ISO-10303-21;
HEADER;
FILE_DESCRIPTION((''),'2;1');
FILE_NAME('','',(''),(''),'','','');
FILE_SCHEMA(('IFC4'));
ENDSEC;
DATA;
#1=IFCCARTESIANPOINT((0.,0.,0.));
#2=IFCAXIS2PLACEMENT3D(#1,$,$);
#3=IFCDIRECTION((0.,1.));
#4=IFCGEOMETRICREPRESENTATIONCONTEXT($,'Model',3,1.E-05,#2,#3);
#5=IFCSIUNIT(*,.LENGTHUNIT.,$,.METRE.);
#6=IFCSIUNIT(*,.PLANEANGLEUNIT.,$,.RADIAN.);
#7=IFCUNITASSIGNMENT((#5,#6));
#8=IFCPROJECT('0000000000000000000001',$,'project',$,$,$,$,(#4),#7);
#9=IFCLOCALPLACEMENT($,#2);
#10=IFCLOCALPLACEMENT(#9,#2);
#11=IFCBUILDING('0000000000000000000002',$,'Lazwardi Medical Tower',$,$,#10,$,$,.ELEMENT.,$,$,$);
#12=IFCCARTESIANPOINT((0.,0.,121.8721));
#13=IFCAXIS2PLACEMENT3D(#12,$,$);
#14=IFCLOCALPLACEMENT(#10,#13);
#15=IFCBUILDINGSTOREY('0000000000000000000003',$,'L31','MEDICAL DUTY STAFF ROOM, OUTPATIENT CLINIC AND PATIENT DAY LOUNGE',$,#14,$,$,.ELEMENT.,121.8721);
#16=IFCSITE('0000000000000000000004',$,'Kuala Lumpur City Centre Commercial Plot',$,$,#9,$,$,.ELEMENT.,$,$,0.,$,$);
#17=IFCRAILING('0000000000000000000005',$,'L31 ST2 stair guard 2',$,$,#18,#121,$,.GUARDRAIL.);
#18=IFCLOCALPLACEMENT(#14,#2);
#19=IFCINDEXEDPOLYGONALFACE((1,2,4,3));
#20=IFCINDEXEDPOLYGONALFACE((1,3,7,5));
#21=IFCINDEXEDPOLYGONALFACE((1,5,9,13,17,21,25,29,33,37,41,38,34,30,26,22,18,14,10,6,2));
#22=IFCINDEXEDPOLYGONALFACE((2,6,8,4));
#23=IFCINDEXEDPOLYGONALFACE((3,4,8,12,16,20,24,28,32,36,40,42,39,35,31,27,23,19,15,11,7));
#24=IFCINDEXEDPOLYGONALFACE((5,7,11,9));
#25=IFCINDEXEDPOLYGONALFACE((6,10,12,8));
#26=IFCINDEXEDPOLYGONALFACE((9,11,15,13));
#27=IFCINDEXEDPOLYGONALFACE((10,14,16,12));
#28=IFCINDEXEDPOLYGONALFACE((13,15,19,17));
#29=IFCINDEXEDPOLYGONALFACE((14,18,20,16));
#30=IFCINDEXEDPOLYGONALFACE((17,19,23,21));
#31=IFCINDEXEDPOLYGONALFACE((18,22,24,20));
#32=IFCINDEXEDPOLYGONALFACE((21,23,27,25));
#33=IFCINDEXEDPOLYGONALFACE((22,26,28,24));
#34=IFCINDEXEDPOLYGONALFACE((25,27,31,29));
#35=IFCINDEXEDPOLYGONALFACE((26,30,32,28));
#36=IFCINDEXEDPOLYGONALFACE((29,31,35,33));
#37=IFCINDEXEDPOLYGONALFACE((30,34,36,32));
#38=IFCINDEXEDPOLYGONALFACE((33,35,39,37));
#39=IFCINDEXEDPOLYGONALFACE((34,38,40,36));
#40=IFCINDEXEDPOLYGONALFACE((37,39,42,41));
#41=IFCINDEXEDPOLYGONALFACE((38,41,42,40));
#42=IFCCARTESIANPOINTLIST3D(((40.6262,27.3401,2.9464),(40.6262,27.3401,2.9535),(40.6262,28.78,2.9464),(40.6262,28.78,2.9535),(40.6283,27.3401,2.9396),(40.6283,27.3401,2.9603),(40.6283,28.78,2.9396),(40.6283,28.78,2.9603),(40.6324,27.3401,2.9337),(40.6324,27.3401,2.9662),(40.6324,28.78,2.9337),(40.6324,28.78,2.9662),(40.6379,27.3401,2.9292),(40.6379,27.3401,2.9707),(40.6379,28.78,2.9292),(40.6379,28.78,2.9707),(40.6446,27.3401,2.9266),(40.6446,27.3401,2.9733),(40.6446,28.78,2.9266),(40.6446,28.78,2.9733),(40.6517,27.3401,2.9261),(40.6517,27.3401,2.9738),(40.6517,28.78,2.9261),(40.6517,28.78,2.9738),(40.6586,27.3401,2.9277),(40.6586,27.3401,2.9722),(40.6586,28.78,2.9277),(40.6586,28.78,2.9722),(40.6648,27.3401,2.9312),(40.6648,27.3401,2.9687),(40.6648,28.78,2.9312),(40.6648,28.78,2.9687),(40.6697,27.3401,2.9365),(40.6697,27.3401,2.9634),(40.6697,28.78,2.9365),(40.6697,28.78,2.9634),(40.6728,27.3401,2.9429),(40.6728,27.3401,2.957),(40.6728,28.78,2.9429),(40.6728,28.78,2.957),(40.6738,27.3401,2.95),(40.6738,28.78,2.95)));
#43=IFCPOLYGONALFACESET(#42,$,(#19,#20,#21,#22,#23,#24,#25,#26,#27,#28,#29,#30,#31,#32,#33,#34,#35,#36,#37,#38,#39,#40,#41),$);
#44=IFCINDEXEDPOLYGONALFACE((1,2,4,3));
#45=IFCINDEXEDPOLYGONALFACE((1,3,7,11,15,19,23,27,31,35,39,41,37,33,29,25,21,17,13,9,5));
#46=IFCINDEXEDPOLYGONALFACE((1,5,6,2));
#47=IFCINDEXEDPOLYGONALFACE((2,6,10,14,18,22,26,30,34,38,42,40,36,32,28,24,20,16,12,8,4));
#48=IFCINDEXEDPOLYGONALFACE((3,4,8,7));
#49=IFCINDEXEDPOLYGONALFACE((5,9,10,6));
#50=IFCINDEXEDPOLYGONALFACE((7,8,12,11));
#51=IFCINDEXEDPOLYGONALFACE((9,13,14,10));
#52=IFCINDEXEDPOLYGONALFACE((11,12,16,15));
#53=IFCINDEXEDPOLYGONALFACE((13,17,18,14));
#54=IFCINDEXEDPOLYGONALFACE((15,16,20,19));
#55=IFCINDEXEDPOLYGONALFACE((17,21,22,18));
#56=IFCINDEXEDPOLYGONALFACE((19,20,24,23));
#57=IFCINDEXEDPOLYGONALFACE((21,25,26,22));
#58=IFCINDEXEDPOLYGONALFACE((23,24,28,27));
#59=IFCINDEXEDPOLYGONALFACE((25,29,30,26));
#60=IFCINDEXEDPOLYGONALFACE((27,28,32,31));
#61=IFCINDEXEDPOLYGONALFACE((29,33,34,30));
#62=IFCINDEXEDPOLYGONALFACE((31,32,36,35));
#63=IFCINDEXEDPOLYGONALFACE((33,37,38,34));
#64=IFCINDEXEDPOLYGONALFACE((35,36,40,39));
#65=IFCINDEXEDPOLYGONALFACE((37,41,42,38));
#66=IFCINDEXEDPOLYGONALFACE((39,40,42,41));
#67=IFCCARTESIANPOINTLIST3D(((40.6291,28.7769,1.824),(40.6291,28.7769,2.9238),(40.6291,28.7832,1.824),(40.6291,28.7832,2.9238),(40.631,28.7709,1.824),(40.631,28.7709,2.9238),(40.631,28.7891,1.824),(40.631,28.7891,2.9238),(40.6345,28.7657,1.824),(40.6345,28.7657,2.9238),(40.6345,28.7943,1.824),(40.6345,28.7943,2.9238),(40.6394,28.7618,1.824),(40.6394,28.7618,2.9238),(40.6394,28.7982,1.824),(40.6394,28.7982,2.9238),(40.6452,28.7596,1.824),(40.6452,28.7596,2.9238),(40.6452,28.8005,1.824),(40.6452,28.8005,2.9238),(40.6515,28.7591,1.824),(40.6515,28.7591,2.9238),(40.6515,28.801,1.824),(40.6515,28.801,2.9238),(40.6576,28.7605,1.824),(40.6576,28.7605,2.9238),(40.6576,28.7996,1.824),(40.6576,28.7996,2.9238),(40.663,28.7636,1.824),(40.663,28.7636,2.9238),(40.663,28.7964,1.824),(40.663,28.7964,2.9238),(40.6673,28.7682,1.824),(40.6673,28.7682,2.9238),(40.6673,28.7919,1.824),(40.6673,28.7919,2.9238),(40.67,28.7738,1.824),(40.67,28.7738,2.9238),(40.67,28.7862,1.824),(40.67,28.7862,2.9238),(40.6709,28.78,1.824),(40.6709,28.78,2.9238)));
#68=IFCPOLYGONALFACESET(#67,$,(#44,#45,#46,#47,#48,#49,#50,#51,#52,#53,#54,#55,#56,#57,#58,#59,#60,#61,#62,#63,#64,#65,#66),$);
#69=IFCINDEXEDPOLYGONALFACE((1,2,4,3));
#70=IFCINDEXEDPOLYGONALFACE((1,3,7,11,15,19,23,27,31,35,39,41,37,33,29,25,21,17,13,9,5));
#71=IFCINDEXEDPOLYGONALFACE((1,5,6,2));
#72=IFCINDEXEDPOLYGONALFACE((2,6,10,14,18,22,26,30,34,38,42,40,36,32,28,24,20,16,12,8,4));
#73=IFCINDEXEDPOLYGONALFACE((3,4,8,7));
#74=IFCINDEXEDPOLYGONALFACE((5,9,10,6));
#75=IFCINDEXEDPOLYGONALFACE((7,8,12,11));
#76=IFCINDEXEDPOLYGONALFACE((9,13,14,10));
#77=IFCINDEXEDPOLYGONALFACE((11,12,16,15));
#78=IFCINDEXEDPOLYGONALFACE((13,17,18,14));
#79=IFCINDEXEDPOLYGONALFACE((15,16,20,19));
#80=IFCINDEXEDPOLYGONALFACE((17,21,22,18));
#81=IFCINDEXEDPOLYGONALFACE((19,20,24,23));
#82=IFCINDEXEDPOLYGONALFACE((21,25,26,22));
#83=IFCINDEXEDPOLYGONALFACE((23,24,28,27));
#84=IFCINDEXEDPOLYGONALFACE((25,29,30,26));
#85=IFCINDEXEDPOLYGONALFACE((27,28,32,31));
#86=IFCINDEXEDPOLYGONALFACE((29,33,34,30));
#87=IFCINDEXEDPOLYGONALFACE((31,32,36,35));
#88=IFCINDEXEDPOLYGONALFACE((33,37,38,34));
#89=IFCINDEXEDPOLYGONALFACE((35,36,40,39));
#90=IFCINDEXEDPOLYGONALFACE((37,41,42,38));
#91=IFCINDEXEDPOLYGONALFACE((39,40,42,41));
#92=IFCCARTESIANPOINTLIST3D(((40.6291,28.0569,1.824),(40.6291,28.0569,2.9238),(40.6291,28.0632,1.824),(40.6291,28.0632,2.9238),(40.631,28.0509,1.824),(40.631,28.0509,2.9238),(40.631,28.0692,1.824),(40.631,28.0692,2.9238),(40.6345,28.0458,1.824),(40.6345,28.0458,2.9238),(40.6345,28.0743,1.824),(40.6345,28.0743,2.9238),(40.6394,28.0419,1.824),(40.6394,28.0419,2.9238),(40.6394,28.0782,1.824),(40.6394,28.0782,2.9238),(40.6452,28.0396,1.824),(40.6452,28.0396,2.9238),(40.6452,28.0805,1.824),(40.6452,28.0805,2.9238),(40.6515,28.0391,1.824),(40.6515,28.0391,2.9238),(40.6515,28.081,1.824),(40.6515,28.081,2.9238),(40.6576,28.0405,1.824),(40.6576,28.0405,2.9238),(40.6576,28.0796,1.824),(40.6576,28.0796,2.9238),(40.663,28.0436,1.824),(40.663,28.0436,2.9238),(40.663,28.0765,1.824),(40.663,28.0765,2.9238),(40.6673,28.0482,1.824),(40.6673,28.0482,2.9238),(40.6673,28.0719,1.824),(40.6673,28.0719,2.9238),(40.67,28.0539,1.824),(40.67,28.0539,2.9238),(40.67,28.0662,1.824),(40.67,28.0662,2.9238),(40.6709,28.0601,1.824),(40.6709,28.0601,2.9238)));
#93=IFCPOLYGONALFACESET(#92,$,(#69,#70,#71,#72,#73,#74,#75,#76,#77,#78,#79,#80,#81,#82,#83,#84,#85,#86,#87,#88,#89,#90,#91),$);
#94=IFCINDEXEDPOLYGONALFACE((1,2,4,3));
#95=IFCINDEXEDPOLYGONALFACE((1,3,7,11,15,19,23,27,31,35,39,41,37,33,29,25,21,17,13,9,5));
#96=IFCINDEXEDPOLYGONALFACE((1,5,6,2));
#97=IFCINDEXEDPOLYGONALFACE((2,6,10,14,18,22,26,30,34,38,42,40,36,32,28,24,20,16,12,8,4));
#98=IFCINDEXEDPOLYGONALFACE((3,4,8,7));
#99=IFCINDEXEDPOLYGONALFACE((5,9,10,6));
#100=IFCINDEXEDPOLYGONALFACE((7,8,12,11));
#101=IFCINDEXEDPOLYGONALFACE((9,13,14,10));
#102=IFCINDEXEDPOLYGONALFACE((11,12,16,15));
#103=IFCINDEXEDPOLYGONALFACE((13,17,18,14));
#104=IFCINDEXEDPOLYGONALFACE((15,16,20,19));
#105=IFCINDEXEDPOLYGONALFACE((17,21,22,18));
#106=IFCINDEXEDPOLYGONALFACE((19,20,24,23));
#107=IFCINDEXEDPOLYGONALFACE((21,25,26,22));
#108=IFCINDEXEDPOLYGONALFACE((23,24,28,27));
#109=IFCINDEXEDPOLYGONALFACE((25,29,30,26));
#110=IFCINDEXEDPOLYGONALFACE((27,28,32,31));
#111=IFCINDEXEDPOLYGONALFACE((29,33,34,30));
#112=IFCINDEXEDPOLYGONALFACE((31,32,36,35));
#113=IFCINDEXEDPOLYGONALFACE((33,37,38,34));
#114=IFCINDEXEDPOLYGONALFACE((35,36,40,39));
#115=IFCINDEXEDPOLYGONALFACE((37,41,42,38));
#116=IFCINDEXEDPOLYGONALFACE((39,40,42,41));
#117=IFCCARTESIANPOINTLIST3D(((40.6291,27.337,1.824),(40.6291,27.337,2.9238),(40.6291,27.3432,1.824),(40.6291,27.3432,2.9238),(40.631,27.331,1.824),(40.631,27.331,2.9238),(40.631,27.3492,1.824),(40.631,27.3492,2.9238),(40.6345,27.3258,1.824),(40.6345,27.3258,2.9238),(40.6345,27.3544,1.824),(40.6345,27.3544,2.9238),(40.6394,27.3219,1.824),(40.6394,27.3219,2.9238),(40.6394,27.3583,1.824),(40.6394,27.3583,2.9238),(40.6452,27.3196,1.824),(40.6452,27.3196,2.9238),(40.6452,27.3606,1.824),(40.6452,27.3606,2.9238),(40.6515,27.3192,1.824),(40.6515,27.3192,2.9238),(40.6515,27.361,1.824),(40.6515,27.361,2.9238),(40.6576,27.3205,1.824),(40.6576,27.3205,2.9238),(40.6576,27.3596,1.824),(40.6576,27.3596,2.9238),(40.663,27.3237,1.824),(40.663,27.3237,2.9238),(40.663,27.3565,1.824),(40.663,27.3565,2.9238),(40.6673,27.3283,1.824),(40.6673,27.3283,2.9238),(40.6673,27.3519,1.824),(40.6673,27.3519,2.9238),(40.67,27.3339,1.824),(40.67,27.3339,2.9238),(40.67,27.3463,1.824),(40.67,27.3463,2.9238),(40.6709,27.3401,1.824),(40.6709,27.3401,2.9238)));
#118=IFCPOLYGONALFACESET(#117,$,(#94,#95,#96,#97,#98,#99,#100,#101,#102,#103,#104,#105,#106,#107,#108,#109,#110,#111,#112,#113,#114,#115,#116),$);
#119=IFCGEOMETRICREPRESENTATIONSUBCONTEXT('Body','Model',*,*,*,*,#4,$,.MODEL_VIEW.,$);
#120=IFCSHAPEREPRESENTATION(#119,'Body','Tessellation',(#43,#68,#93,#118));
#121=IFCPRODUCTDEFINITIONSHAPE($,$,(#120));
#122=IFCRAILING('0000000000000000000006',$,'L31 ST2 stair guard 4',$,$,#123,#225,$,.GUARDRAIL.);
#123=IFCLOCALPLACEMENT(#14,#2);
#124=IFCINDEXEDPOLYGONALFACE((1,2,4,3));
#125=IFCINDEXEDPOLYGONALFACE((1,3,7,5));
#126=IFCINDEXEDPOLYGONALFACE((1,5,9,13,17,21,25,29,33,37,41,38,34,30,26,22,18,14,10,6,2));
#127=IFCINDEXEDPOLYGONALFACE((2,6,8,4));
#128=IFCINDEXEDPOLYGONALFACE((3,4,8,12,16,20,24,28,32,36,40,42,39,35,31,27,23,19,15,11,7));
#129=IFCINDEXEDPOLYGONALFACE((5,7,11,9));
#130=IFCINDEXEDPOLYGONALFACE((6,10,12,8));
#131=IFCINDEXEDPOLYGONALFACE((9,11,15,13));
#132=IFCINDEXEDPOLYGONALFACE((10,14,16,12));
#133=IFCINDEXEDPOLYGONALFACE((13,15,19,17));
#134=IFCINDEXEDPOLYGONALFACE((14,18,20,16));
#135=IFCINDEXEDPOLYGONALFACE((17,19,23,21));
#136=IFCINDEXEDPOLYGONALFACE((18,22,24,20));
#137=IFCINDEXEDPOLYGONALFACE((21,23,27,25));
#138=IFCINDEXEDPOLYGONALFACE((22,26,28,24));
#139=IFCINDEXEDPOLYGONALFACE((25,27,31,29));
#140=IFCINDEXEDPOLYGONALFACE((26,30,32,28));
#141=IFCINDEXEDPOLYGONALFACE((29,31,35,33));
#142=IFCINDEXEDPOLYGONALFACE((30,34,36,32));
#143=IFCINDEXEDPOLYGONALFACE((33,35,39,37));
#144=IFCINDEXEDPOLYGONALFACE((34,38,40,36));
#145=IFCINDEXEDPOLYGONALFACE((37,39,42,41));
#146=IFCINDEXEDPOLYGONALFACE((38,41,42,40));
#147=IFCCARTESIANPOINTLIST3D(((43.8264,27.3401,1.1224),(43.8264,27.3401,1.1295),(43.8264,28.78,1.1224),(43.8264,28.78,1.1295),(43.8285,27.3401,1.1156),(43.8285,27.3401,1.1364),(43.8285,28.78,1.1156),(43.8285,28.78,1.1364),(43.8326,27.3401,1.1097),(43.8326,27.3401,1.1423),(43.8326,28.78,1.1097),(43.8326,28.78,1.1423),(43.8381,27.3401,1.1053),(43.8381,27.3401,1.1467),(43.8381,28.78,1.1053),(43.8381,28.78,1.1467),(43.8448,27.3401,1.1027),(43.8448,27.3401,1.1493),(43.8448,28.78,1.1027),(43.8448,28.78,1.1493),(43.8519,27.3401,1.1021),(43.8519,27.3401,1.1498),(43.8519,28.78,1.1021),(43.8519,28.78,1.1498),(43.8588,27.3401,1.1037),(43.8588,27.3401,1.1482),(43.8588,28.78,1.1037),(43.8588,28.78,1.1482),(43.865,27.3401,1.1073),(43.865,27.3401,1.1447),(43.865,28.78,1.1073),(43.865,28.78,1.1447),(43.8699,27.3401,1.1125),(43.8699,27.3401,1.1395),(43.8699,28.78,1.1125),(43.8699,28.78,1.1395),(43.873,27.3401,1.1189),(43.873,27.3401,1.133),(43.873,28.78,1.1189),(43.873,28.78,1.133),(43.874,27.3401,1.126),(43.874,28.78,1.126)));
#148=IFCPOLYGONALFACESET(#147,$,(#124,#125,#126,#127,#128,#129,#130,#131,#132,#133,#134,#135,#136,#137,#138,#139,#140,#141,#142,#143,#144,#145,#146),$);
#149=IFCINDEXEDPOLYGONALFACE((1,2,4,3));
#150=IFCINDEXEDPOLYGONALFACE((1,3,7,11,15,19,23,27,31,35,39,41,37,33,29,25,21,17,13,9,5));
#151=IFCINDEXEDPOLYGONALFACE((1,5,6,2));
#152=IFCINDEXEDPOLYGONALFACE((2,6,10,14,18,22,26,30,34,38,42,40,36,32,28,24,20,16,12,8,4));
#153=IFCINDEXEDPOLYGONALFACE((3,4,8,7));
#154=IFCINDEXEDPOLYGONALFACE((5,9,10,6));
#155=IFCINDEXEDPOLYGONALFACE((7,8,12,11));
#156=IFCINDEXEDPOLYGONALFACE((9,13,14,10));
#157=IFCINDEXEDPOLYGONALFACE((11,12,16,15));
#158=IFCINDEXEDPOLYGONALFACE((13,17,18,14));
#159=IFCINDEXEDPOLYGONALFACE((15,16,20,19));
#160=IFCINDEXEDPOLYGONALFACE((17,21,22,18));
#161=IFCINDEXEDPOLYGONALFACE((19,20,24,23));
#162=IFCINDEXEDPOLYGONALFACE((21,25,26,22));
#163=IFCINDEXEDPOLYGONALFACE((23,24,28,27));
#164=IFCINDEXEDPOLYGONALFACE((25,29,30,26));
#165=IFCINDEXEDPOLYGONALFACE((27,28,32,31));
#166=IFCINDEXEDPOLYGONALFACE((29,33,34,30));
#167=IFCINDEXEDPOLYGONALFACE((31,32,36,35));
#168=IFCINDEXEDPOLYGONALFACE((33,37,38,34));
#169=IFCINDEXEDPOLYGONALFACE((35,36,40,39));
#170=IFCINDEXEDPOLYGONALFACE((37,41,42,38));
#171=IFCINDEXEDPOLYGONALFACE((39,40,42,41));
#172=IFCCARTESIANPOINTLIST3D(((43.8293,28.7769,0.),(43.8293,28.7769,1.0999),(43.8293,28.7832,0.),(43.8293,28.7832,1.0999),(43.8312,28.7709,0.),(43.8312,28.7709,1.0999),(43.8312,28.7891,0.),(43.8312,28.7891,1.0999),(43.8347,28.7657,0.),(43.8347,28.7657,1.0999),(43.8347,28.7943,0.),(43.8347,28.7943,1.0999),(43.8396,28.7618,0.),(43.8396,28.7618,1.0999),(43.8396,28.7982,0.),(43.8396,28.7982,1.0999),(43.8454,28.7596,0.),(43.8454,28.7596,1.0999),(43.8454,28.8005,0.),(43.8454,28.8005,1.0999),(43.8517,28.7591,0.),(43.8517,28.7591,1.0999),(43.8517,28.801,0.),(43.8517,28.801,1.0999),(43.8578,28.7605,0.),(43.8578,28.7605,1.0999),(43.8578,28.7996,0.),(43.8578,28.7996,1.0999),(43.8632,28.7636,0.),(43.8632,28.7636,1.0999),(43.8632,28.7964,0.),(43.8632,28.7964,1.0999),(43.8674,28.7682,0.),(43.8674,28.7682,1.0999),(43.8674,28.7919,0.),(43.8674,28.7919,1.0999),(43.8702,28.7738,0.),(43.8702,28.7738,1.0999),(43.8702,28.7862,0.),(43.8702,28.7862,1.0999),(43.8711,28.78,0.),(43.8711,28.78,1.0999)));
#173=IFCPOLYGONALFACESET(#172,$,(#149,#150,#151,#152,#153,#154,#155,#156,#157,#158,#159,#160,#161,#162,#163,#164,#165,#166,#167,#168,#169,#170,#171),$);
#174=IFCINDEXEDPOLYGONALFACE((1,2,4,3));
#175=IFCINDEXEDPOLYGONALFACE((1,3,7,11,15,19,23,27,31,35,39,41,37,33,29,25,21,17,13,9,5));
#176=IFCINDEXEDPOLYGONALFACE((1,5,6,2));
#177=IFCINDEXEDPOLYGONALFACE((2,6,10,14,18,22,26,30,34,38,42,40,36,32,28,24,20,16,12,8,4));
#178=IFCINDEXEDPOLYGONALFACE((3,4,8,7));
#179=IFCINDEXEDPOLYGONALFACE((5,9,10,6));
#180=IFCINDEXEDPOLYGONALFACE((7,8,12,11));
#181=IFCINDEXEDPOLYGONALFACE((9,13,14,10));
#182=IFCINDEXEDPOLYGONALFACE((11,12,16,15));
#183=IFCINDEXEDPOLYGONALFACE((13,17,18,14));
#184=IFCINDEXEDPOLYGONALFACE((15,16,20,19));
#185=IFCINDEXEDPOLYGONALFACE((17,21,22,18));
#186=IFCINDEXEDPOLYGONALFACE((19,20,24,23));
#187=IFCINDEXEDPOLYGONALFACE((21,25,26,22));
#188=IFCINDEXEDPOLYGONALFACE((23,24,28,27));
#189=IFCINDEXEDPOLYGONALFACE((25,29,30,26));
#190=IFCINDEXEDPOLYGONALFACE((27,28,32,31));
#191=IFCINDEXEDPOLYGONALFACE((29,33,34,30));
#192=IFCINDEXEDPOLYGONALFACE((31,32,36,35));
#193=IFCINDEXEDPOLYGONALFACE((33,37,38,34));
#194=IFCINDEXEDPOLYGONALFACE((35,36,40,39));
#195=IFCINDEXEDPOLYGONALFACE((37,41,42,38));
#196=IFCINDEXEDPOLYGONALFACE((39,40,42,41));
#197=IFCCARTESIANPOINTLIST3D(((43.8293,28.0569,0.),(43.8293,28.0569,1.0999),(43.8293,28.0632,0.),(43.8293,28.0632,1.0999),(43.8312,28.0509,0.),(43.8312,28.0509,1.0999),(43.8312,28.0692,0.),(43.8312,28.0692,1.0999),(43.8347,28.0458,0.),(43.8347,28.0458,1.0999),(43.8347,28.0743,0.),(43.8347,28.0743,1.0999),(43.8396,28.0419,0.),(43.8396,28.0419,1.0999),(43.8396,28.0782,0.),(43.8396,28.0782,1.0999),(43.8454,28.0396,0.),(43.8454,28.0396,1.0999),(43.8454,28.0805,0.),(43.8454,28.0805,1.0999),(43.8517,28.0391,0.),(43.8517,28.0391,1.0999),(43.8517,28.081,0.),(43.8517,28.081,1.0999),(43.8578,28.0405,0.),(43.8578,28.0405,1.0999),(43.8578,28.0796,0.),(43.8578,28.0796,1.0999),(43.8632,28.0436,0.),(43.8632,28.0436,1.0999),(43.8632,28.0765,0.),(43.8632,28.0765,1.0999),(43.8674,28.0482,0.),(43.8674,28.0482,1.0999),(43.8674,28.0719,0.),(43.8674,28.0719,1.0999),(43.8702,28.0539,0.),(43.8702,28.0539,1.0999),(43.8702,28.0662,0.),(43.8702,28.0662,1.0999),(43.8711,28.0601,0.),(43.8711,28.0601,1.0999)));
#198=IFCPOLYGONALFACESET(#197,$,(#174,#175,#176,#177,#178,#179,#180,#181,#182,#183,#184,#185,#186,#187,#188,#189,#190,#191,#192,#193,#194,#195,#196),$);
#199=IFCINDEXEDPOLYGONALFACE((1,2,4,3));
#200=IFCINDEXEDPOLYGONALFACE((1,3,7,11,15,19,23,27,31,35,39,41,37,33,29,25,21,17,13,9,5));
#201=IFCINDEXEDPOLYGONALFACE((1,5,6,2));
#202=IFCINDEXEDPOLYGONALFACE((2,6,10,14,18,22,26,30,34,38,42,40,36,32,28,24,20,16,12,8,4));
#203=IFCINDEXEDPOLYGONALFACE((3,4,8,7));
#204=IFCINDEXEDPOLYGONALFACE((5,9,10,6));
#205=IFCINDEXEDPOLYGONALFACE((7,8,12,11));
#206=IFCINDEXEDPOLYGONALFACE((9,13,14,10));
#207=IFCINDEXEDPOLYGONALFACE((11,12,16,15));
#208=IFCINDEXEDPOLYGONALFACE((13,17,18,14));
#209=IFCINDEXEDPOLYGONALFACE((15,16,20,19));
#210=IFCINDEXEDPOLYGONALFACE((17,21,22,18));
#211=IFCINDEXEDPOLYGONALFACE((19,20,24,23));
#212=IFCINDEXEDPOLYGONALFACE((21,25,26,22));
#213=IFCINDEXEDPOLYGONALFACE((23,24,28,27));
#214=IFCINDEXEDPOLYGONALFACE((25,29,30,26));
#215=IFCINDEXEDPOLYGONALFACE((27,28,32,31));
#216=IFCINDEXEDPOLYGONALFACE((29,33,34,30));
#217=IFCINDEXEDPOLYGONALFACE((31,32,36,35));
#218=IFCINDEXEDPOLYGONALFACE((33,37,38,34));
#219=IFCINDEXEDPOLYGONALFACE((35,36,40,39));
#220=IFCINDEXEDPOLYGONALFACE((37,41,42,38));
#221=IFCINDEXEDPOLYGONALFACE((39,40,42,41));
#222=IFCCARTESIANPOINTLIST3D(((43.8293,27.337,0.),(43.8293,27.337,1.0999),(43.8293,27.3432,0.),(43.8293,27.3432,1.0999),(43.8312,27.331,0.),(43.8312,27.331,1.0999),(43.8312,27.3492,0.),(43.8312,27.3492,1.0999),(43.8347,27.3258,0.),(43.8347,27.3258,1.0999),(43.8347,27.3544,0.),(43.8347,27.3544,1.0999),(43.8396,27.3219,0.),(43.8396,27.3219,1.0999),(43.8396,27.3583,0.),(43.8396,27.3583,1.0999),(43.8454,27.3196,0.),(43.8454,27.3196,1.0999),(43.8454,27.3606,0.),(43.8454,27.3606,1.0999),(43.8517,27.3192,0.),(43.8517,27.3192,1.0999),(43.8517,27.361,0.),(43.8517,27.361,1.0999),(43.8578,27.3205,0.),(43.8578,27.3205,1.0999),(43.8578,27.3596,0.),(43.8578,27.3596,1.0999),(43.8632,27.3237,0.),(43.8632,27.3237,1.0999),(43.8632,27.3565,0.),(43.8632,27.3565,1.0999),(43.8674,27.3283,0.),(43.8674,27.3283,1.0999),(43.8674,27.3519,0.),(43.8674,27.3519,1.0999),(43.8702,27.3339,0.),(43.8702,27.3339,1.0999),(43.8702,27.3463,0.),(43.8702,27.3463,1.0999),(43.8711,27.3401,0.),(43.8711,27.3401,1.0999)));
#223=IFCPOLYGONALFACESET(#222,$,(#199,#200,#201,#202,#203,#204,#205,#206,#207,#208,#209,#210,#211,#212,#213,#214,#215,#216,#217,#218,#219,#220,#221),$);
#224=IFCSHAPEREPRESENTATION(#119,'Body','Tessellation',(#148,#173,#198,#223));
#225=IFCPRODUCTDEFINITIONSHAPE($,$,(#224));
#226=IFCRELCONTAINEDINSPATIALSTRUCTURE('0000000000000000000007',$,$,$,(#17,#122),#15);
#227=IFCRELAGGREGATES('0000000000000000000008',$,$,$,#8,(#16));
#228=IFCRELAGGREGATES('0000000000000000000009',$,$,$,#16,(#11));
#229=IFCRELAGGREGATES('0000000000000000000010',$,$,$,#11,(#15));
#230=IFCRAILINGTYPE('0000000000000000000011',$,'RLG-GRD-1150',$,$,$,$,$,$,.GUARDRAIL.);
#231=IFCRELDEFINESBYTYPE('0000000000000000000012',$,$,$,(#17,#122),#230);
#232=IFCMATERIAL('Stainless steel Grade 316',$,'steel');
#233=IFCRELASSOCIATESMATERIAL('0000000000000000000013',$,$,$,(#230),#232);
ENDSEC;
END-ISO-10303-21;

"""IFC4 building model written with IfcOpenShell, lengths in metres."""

from ifc_helpers import new_model, si_unit, direction, frame, origin, origin_2d, place, context, subcontext, project, spatial, circle, extrude, material, type_object, element, save


model = new_model("IFC4")

# Units and contexts
model_context = context("Model", 3, precision=1e-05, world=origin(), true_north=direction((0.0, 1.0)))
body_context = subcontext(model_context, "Body", "Model", "MODEL_VIEW")
ifc_project = project(units=[si_unit("LENGTHUNIT", "METRE"), si_unit("PLANEANGLEUNIT", "RADIAN")], contexts=[model_context])

# Site, building, storey
site_placement = place(None, origin())
site = spatial("IfcSite", under=ifc_project, at=site_placement, Name="Kuala Lumpur City Centre Commercial Plot", CompositionType="ELEMENT", RefElevation=0.0)
building_placement = place(site_placement, origin())
building = spatial("IfcBuilding", under=site, at=building_placement, Name="Lazwardi Medical Tower", CompositionType="ELEMENT")
storey_placement = place(building_placement, frame((0.0, 0.0, 121.8721)))
storey = spatial("IfcBuildingStorey", under=building, at=storey_placement, Name="L31", Description="MEDICAL DUTY STAFF ROOM, OUTPATIENT CLINIC AND PATIENT DAY LOUNGE", CompositionType="ELEMENT", Elevation=121.8721)

# Railings
ifc_material_1 = material(Name="Stainless steel Grade 316", Category="steel")
railing_type_1 = type_object("IfcRailingType", Name="RLG-GRD-1150", PredefinedType="GUARDRAIL", material=ifc_material_1)
for number, where, name in (
    (1, (40.6499, 28.78, 1.824), "L31 ST2 stair guard 2"),
    (2, (43.8501, 28.78, 0.0), "L31 ST2 stair guard 4"),
):
    element("IfcRailing", number, at=place(storey_placement, frame(where)), inside=storey, type_object=railing_type_1, Name=name, PredefinedType="GUARDRAIL", context=body_context, shape_type="SweptSolid", body=[
        extrude(circle(Radius=0.0239, at=origin_2d()), frame((0.0, 0.0, 1.126), z_axis=(0.0, -1.0, 0.0), x_axis=(1.0, 0.0, 0.0)), (0.0, 0.0, 1.0), 1.4399),
        extrude(circle(Radius=0.021, at=origin_2d()), origin(), (0.0, 0.0, 1.0), 1.0999),
        extrude(circle(Radius=0.021, at=origin_2d()), frame((0.0, -0.72, 0.0)), (0.0, 0.0, 1.0), 1.0999),
        extrude(circle(Radius=0.021, at=origin_2d()), frame((0.0, -1.4399, 0.0)), (0.0, 0.0, 1.0), 1.0999),
    ])

save(model, "model.ifc")
